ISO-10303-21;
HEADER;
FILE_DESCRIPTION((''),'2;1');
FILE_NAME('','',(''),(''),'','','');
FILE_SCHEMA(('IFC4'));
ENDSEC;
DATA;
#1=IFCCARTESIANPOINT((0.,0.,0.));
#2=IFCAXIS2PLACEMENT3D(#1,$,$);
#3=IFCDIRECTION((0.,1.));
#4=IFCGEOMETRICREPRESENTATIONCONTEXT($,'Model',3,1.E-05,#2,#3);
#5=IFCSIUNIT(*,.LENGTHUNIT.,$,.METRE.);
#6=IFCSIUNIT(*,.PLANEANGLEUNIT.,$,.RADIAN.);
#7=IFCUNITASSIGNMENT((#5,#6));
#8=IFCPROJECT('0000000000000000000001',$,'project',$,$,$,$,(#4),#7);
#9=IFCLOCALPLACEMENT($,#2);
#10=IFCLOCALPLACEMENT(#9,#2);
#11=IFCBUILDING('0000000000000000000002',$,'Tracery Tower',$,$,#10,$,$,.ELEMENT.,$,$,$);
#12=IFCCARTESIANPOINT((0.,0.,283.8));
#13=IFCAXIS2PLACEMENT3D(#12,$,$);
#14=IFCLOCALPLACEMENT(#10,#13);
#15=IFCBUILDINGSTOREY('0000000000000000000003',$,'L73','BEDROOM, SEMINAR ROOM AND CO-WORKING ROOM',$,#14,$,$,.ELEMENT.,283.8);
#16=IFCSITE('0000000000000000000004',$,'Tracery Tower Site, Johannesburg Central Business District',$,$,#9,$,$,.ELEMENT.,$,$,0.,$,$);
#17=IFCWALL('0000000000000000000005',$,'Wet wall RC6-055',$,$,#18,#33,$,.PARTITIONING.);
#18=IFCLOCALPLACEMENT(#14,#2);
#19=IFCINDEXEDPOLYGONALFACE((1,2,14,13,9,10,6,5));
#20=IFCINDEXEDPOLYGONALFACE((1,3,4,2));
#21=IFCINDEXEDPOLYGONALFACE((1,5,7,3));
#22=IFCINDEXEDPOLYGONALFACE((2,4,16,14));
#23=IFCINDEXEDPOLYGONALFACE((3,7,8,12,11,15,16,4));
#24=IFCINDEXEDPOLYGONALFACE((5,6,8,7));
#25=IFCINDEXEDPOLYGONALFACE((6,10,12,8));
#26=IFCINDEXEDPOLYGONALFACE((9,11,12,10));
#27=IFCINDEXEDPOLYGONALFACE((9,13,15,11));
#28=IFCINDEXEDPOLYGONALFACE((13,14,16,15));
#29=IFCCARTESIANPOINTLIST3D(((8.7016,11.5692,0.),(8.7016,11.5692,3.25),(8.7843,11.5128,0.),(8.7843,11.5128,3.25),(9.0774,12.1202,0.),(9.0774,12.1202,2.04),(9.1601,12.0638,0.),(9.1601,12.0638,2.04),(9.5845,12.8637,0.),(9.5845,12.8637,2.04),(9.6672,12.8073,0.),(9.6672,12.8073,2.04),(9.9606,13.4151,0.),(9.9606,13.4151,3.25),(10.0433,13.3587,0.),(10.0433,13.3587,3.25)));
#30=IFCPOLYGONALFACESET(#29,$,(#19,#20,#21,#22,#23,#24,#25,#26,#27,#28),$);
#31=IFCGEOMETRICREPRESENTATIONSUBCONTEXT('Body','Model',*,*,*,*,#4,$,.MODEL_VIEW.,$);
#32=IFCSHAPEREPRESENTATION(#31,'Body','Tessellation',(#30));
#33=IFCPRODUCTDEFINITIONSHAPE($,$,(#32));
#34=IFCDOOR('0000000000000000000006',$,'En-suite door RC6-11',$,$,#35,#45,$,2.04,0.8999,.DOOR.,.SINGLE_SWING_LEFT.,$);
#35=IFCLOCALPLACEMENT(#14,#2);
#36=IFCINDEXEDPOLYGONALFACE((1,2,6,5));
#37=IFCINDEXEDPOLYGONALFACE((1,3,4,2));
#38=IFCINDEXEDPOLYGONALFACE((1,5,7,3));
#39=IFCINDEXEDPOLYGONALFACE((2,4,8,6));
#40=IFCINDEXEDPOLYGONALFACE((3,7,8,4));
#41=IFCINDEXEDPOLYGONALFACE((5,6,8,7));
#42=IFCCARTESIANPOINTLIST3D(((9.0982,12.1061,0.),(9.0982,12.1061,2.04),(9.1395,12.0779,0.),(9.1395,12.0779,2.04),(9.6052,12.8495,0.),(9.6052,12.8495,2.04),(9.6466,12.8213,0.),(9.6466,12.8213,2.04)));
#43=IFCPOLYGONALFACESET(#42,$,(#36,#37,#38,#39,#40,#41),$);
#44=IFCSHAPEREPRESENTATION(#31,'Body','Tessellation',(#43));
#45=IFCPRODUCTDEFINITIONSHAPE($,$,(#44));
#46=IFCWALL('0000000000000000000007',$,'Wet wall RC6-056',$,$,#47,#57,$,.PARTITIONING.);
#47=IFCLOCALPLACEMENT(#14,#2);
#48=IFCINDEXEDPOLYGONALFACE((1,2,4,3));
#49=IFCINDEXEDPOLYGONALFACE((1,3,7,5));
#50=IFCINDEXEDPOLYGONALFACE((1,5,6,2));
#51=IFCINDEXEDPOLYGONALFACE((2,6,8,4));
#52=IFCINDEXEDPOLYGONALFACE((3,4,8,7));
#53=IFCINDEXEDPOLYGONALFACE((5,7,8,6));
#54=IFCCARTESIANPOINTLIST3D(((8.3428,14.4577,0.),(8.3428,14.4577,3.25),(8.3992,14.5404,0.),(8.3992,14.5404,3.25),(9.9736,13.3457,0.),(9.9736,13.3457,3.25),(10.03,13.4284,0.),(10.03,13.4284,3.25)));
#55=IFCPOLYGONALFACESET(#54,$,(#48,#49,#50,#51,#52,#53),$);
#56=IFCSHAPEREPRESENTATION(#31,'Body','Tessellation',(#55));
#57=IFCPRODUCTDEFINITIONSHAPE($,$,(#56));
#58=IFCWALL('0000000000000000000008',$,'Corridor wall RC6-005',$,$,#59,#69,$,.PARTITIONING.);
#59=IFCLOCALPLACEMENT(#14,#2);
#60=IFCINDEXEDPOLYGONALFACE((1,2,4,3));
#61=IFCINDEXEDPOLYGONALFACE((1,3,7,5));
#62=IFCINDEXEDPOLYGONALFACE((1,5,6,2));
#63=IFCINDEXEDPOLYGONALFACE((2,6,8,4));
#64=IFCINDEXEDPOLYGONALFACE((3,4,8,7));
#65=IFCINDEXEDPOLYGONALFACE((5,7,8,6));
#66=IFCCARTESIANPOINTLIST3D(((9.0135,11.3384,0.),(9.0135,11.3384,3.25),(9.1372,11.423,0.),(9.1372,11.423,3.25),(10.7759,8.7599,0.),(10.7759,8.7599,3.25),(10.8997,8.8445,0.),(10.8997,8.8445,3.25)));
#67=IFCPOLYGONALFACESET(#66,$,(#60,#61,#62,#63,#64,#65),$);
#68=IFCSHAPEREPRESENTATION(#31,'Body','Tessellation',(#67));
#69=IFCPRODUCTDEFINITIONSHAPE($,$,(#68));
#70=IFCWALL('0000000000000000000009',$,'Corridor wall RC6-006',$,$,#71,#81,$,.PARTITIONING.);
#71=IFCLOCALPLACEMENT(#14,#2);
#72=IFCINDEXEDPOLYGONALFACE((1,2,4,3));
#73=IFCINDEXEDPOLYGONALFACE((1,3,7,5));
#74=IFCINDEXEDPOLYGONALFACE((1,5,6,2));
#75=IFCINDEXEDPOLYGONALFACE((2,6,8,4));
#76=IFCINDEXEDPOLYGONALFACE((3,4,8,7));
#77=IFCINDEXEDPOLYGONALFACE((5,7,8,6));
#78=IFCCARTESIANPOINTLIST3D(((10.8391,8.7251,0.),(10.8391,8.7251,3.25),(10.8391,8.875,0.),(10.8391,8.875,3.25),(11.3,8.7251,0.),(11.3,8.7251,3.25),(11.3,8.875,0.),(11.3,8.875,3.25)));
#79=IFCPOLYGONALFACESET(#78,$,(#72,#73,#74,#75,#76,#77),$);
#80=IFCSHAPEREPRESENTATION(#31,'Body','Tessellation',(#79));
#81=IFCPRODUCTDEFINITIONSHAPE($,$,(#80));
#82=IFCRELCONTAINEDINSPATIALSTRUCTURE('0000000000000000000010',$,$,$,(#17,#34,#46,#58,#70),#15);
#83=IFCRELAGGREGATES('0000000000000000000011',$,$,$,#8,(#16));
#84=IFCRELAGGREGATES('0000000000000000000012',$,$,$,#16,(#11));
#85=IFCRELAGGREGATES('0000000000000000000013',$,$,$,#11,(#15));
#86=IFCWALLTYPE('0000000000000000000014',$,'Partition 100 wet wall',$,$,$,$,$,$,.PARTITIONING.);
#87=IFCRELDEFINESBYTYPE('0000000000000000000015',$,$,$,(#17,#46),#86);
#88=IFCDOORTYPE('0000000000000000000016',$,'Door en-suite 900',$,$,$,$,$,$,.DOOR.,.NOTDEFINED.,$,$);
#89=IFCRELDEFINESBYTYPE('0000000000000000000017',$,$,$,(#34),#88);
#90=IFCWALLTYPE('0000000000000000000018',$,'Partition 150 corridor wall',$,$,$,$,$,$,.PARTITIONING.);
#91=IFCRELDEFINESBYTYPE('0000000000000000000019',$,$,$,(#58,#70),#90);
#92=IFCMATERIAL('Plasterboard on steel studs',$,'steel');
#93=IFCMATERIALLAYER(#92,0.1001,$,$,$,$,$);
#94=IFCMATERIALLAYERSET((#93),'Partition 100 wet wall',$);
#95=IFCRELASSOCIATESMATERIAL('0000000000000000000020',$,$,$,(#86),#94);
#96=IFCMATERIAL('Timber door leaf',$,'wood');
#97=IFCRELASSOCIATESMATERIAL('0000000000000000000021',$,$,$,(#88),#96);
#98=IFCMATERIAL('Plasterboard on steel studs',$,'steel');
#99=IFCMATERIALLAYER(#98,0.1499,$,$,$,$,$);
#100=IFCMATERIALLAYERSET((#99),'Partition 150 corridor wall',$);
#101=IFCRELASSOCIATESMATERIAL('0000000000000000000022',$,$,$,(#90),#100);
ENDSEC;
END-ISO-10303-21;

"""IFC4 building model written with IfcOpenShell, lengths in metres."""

from ifc_helpers import new_model, si_unit, direction, frame, frame_2d, origin, place, context, subcontext, project, spatial, rectangle, extrude, material, layer, layer_set, type_object, element, fill, save


model = new_model("IFC4")

# Units and contexts
model_context = context("Model", 3, precision=1e-05, world=origin(), true_north=direction((0.0, 1.0)))
body_context = subcontext(model_context, "Body", "Model", "MODEL_VIEW")
ifc_project = project(units=[si_unit("LENGTHUNIT", "METRE"), si_unit("PLANEANGLEUNIT", "RADIAN")], contexts=[model_context])

# Site, building, storey
site_placement = place(None, origin())
site = spatial("IfcSite", under=ifc_project, at=site_placement, Name="Tracery Tower Site, Johannesburg Central Business District", CompositionType="ELEMENT", RefElevation=0.0)
building_placement = place(site_placement, origin())
building = spatial("IfcBuilding", under=site, at=building_placement, Name="Tracery Tower", CompositionType="ELEMENT")
storey_placement = place(building_placement, frame((0.0, 0.0, 283.8)))
storey = spatial("IfcBuildingStorey", under=building, at=storey_placement, Name="L73", Description="BEDROOM, SEMINAR ROOM AND CO-WORKING ROOM", CompositionType="ELEMENT", Elevation=283.8)

# Wall, opening, door
ifc_material_1 = material(Name="Plasterboard on steel studs", Category="steel")
ifc_layer_1 = layer(ifc_material_1, 0.1001)
ifc_layer_set_1 = layer_set([ifc_layer_1], Name="Partition 100 wet wall")
wall_type_1 = type_object("IfcWallType", Name="Partition 100 wet wall", PredefinedType="PARTITIONING", material=ifc_layer_set_1)
wall_1_placement = place(storey_placement, frame((8.7429, 11.541, 0.0), z_axis=(0.0, 0.0, 1.0), x_axis=(0.563469, 0.826137, 0.0)))
wall_1 = element("IfcWall", 1, at=wall_1_placement, inside=storey, type_object=wall_type_1, Name="Wet wall RC6-055", PredefinedType="PARTITIONING", context=body_context, shape_type="SweptSolid", body=[
    extrude(rectangle(XDim=2.2344, YDim=0.1001, at=frame_2d((1.1172, 0.0))), origin(), (0.0, 0.0, 1.0), 3.25),
])
opening_1_placement = place(wall_1_placement, frame((0.667, 0.0, 0.0)))
opening_1 = element("IfcOpeningElement", 2, at=opening_1_placement, cuts=wall_1, PredefinedType="OPENING", context=body_context, shape_type="SweptSolid", body=[
    extrude(rectangle(XDim=0.8999, YDim=2.04, at=frame_2d((0.45, 1.02))), frame((0.0, 0.05, 0.0), z_axis=(0.0, -1.0, 0.0), x_axis=(1.0, 0.0, 0.0)), (0.0, 0.0, 1.0), 0.1001),
])
ifc_material_2 = material(Name="Timber door leaf", Category="wood")
door_type_1 = type_object("IfcDoorType", Name="Door en-suite 900", OperationType="NOTDEFINED", PredefinedType="DOOR", material=ifc_material_2)
door_1_placement = place(opening_1_placement, origin())
door_1 = element("IfcDoor", 3, at=door_1_placement, inside=storey, type_object=door_type_1, Name="En-suite door RC6-11", OperationType="SINGLE_SWING_LEFT", OverallHeight=2.04, OverallWidth=0.8999, PredefinedType="DOOR", context=body_context, shape_type="SweptSolid", body=[
    extrude(rectangle(XDim=0.8999, YDim=2.04, at=frame_2d((0.45, 1.02))), frame((0.0, 0.0249, 0.0), z_axis=(0.0, -1.0, 0.0), x_axis=(1.0, 0.0, 0.0)), (0.0, 0.0, 1.0), 0.05),
])
fill(opening_1, door_1)

# Walls
wall_2_placement = place(storey_placement, frame((8.3711, 14.499, 0.0), z_axis=(0.0, 0.0, 1.0), x_axis=(0.826201, -0.563375, 0.0)))
element("IfcWall", 4, at=wall_2_placement, inside=storey, type_object=wall_type_1, Name="Wet wall RC6-056", PredefinedType="PARTITIONING", context=body_context, shape_type="SweptSolid", body=[
    extrude(rectangle(XDim=1.9739, YDim=0.1001, at=frame_2d((0.9868, 0.0))), origin(), (0.0, 0.0, 1.0), 3.25),
])
ifc_material_3 = material(Name="Plasterboard on steel studs", Category="steel")
ifc_layer_2 = layer(ifc_material_3, 0.1499)
ifc_layer_set_2 = layer_set([ifc_layer_2], Name="Partition 150 corridor wall")
wall_type_2 = type_object("IfcWallType", Name="Partition 150 corridor wall", PredefinedType="PARTITIONING", material=ifc_layer_set_2)
wall_3_placement = place(storey_placement, frame((9.0754, 11.3806, 0.0), z_axis=(0.0, 0.0, 1.0), x_axis=(0.564278, -0.825585, 0.0)))
element("IfcWall", 5, at=wall_3_placement, inside=storey, type_object=wall_type_2, Name="Corridor wall RC6-005", PredefinedType="PARTITIONING", context=body_context, shape_type="SweptSolid", body=[
    extrude(rectangle(XDim=3.1233, YDim=0.1499, at=frame_2d((1.5615, 0.0))), origin(), (0.0, 0.0, 1.0), 3.25),
])
wall_4_placement = place(storey_placement, frame((10.8391, 8.8, 0.0), z_axis=(0.0, 0.0, 1.0), x_axis=(1.0, 0.0, 0.0)))
element("IfcWall", 6, at=wall_4_placement, inside=storey, type_object=wall_type_2, Name="Corridor wall RC6-006", PredefinedType="PARTITIONING", context=body_context, shape_type="SweptSolid", body=[
    extrude(rectangle(XDim=0.4609, YDim=0.1499, at=frame_2d((0.2305, 0.0))), origin(), (0.0, 0.0, 1.0), 3.25),
])

save(model, "model.ifc")
